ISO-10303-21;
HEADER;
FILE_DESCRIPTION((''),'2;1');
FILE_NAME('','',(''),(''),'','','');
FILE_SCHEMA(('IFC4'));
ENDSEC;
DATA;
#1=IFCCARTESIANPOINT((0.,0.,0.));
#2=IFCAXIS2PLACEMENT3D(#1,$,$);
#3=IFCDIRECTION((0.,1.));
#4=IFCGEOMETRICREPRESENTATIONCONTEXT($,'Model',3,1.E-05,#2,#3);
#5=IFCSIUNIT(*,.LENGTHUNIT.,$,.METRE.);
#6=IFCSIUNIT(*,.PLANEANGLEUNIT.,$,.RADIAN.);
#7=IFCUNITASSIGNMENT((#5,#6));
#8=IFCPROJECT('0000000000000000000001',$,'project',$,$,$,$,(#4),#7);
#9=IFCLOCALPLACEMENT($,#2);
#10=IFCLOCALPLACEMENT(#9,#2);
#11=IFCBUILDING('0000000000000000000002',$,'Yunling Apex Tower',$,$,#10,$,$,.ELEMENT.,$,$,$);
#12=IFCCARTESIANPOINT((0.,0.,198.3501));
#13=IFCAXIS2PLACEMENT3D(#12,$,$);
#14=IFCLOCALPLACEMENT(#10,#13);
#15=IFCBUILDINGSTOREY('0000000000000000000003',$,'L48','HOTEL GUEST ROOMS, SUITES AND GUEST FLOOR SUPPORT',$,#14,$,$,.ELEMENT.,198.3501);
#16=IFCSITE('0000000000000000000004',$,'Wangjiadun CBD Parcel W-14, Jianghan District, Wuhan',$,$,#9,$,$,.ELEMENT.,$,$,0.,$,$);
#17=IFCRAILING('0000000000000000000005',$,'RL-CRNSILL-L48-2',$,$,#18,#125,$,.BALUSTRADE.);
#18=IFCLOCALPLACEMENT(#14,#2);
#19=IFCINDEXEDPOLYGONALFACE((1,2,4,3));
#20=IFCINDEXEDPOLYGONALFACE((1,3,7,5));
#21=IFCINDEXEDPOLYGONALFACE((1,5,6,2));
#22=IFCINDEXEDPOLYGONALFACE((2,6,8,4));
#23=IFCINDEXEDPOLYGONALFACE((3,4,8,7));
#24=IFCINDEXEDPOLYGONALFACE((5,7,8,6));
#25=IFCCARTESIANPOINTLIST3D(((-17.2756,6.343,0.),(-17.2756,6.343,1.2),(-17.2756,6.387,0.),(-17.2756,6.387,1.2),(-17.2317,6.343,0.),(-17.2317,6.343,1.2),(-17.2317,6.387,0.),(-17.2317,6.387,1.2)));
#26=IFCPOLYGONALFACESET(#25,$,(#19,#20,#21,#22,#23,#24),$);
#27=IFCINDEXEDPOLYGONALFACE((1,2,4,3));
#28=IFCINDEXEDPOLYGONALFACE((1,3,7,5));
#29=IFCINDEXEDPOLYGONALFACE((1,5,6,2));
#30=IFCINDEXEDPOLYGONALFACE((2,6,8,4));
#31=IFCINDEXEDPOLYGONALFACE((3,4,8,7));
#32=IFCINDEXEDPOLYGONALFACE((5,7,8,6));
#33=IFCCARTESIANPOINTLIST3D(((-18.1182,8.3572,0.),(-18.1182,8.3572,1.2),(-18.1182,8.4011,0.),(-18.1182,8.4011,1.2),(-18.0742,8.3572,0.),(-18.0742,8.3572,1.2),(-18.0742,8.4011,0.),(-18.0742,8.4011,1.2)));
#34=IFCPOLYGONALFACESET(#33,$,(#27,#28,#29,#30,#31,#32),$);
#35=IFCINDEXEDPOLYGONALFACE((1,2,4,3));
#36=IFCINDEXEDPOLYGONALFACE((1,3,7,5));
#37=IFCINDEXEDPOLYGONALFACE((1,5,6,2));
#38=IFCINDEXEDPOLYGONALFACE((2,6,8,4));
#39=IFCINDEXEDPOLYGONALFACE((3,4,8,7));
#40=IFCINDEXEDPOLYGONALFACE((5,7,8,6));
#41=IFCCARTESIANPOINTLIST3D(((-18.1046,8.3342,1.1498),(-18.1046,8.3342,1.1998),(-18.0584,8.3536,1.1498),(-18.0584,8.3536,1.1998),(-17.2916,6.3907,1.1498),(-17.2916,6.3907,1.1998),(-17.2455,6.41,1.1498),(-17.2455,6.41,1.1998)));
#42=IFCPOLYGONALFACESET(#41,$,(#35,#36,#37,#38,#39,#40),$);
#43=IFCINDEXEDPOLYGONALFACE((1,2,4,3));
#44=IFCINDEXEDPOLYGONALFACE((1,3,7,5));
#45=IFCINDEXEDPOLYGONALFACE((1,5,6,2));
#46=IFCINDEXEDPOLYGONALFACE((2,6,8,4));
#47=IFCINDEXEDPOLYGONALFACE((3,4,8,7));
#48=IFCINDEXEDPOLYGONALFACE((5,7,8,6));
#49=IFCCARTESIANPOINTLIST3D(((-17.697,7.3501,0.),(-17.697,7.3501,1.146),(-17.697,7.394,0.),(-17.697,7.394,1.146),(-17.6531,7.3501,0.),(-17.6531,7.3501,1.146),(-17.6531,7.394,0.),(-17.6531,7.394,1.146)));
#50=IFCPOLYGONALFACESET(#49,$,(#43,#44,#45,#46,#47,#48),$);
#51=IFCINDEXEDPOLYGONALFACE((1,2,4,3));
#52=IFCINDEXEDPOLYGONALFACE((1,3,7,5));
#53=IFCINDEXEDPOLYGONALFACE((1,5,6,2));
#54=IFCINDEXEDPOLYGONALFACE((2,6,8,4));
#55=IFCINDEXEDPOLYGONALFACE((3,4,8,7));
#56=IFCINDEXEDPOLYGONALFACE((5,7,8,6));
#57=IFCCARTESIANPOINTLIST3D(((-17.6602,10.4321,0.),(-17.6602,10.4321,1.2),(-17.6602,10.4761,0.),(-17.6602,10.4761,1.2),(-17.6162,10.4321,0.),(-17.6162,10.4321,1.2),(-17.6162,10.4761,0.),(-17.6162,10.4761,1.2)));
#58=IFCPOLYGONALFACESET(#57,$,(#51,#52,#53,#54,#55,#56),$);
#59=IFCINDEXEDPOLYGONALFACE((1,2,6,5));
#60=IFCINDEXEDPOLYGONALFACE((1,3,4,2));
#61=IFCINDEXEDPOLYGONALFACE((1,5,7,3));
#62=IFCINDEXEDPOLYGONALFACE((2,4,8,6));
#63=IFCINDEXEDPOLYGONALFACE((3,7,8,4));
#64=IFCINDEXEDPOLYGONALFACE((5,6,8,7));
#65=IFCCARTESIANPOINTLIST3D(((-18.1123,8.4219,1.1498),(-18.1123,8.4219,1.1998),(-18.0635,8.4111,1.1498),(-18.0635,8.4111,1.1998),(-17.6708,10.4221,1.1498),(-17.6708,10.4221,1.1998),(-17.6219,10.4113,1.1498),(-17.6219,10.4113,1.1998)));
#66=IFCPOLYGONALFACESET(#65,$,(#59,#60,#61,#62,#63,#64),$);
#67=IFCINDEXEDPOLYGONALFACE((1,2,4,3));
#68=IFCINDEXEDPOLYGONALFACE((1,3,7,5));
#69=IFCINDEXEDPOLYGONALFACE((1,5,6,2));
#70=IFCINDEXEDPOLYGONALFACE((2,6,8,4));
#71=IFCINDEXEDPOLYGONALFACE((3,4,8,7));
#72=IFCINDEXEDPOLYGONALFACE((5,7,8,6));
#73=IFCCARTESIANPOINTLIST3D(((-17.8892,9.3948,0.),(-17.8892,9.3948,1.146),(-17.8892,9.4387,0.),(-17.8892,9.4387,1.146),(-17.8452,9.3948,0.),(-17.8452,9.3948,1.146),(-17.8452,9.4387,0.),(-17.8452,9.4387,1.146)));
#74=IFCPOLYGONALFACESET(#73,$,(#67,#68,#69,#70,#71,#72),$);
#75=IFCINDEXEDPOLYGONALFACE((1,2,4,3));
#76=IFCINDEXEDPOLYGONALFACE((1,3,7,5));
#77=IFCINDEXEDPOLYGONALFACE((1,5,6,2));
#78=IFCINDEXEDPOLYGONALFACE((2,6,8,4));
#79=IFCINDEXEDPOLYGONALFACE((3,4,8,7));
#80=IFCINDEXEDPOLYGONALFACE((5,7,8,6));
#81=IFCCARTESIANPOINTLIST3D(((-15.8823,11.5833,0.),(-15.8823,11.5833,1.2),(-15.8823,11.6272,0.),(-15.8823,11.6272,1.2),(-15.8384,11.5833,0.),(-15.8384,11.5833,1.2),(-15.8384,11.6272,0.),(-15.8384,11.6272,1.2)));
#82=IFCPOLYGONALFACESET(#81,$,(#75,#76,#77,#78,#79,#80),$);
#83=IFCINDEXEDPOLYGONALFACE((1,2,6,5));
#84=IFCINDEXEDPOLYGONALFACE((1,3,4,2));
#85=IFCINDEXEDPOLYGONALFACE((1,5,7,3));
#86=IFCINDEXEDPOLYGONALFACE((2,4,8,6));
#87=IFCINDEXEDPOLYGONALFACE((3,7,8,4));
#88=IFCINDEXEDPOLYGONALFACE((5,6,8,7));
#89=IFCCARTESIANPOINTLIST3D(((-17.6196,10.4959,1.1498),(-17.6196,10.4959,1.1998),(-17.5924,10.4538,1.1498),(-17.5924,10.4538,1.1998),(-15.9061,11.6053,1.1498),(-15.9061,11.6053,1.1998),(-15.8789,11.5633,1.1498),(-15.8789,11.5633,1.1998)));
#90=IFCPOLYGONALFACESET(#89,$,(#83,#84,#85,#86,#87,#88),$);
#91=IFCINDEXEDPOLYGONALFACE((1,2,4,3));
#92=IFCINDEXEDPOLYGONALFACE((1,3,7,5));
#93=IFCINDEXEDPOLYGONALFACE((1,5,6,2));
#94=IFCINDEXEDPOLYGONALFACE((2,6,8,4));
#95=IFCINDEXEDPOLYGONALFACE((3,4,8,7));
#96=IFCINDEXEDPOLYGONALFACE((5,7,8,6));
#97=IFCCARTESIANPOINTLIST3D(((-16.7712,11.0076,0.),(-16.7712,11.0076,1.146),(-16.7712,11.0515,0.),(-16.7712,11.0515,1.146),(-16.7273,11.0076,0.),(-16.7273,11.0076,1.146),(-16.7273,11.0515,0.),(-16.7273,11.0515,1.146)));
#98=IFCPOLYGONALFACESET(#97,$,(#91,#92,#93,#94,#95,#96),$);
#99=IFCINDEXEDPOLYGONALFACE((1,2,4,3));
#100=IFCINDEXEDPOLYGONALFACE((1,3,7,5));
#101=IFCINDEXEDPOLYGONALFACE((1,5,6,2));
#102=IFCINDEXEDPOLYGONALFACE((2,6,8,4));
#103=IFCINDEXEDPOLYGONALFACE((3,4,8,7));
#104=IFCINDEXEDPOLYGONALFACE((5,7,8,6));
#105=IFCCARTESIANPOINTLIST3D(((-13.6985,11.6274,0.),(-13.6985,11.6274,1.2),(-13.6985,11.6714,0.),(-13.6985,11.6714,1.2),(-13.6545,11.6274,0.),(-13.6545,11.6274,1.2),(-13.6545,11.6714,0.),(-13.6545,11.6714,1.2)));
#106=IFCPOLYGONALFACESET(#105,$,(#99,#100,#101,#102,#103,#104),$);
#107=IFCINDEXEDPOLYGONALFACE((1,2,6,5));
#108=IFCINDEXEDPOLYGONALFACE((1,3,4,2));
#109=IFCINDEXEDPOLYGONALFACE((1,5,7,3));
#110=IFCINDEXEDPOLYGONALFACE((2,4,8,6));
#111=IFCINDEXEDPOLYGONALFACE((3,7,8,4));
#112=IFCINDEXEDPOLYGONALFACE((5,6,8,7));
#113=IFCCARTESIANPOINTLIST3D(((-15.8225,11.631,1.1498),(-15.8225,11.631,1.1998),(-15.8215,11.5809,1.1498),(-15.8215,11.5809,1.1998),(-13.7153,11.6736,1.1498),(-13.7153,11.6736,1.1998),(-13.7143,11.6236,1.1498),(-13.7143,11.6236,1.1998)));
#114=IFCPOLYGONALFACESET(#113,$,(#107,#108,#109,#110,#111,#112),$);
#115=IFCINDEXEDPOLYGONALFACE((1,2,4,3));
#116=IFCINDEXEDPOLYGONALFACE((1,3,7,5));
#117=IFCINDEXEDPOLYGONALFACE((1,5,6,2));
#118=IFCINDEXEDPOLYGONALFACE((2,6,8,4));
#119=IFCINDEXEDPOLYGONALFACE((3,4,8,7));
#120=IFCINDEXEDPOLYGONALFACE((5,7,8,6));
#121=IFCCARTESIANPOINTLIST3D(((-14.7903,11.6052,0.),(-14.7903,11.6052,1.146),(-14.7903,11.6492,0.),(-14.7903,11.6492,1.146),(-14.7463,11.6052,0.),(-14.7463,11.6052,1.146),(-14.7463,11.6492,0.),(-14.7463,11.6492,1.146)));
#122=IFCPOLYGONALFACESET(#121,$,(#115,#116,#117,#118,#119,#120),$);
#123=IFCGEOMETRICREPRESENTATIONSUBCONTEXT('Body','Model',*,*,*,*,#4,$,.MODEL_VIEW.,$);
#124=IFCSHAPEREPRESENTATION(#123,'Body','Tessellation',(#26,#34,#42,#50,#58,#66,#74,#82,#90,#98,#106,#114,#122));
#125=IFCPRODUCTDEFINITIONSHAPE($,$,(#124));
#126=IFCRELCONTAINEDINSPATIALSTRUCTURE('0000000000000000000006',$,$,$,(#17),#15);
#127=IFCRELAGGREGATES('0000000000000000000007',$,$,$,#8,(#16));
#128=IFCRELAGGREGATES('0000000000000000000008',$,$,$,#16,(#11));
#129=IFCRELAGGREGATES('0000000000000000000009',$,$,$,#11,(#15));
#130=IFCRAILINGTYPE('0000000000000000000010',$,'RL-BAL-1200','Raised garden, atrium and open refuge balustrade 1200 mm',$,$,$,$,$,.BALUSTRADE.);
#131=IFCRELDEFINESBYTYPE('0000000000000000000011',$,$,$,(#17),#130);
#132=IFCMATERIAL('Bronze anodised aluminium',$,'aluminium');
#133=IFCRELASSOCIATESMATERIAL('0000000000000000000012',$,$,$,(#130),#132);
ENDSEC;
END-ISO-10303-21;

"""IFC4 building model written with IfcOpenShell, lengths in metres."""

from ifc_helpers import new_model, si_unit, direction, frame, origin, origin_2d, place, context, subcontext, project, spatial, rectangle, extrude, material, type_object, element, save


model = new_model("IFC4")

# Units and contexts
model_context = context("Model", 3, precision=1e-05, world=origin(), true_north=direction((0.0, 1.0)))
body_context = subcontext(model_context, "Body", "Model", "MODEL_VIEW")
ifc_project = project(units=[si_unit("LENGTHUNIT", "METRE"), si_unit("PLANEANGLEUNIT", "RADIAN")], contexts=[model_context])

# Site, building, storey
site_placement = place(None, origin())
site = spatial("IfcSite", under=ifc_project, at=site_placement, Name="Wangjiadun CBD Parcel W-14, Jianghan District, Wuhan", CompositionType="ELEMENT", RefElevation=0.0)
building_placement = place(site_placement, origin())
building = spatial("IfcBuilding", under=site, at=building_placement, Name="Yunling Apex Tower", CompositionType="ELEMENT")
storey_placement = place(building_placement, frame((0.0, 0.0, 198.3501)))
storey = spatial("IfcBuildingStorey", under=building, at=storey_placement, Name="L48", Description="HOTEL GUEST ROOMS, SUITES AND GUEST FLOOR SUPPORT", CompositionType="ELEMENT", Elevation=198.3501)

# Shared definitions
ifc_material_1 = material(Name="Bronze anodised aluminium", Category="aluminium")

# Railing
railing_type = type_object("IfcRailingType", Name="RL-BAL-1200", Description="Raised garden, atrium and open refuge balustrade 1200 mm", PredefinedType="BALUSTRADE", material=ifc_material_1)
railing_placement = place(storey_placement, frame((-17.2537, 6.365, 0.0)))
element("IfcRailing", 1, at=railing_placement, inside=storey, type_object=railing_type, Name="RL-CRNSILL-L48-2", PredefinedType="BALUSTRADE", context=body_context, shape_type="SweptSolid", body=[
    extrude(rectangle(XDim=0.0439, YDim=0.0439, at=origin_2d()), origin(), (0.0, 0.0, 1.0), 1.2),
    extrude(rectangle(XDim=0.0439, YDim=0.0439, at=origin_2d()), frame((-0.8425, 2.0142, 0.0)), (0.0, 0.0, 1.0), 1.2),
    extrude(rectangle(XDim=0.05, YDim=0.05, at=origin_2d()), frame((-0.0149, 0.0354, 1.1748), z_axis=(-0.385901, 0.92254, 0.0), x_axis=(-0.92254, -0.385901, 0.0)), (0.0, 0.0, 1.0), 2.1067),
    extrude(rectangle(XDim=0.0439, YDim=0.0439, at=origin_2d()), frame((-0.4214, 1.0071, 0.0)), (0.0, 0.0, 1.0), 1.146),
    extrude(rectangle(XDim=0.0439, YDim=0.0439, at=origin_2d()), frame((-0.3845, 4.0891, 0.0)), (0.0, 0.0, 1.0), 1.2),
    extrude(rectangle(XDim=0.05, YDim=0.05, at=origin_2d()), frame((-0.8342, 2.0515, 1.1748), z_axis=(0.215543, 0.976494, 0.0), x_axis=(-0.976494, 0.215543, 0.0)), (0.0, 0.0, 1.0), 2.0483),
    extrude(rectangle(XDim=0.0439, YDim=0.0439, at=origin_2d()), frame((-0.6135, 3.0518, 0.0)), (0.0, 0.0, 1.0), 1.146),
    extrude(rectangle(XDim=0.0439, YDim=0.0439, at=origin_2d()), frame((1.3933, 5.2402, 0.0)), (0.0, 0.0, 1.0), 1.2),
    extrude(rectangle(XDim=0.05, YDim=0.05, at=origin_2d()), frame((-0.3523, 4.1099, 1.1748), z_axis=(0.839406, 0.543505, 0.0), x_axis=(-0.543505, 0.839406, 0.0)), (0.0, 0.0, 1.0), 2.0413),
    extrude(rectangle(XDim=0.0439, YDim=0.0439, at=origin_2d()), frame((0.5044, 4.6646, 0.0)), (0.0, 0.0, 1.0), 1.146),
    extrude(rectangle(XDim=0.0439, YDim=0.0439, at=origin_2d()), frame((3.5771, 5.2844, 0.0)), (0.0, 0.0, 1.0), 1.2),
    extrude(rectangle(XDim=0.05, YDim=0.05, at=origin_2d()), frame((1.4316, 5.241, 1.1748), z_axis=(0.999795, 0.020231, 0.0), x_axis=(-0.020231, 0.999795, 0.0)), (0.0, 0.0, 1.0), 2.1077),
    extrude(rectangle(XDim=0.0439, YDim=0.0439, at=origin_2d()), frame((2.4854, 5.2622, 0.0)), (0.0, 0.0, 1.0), 1.146),
])

save(model, "model.ifc")
